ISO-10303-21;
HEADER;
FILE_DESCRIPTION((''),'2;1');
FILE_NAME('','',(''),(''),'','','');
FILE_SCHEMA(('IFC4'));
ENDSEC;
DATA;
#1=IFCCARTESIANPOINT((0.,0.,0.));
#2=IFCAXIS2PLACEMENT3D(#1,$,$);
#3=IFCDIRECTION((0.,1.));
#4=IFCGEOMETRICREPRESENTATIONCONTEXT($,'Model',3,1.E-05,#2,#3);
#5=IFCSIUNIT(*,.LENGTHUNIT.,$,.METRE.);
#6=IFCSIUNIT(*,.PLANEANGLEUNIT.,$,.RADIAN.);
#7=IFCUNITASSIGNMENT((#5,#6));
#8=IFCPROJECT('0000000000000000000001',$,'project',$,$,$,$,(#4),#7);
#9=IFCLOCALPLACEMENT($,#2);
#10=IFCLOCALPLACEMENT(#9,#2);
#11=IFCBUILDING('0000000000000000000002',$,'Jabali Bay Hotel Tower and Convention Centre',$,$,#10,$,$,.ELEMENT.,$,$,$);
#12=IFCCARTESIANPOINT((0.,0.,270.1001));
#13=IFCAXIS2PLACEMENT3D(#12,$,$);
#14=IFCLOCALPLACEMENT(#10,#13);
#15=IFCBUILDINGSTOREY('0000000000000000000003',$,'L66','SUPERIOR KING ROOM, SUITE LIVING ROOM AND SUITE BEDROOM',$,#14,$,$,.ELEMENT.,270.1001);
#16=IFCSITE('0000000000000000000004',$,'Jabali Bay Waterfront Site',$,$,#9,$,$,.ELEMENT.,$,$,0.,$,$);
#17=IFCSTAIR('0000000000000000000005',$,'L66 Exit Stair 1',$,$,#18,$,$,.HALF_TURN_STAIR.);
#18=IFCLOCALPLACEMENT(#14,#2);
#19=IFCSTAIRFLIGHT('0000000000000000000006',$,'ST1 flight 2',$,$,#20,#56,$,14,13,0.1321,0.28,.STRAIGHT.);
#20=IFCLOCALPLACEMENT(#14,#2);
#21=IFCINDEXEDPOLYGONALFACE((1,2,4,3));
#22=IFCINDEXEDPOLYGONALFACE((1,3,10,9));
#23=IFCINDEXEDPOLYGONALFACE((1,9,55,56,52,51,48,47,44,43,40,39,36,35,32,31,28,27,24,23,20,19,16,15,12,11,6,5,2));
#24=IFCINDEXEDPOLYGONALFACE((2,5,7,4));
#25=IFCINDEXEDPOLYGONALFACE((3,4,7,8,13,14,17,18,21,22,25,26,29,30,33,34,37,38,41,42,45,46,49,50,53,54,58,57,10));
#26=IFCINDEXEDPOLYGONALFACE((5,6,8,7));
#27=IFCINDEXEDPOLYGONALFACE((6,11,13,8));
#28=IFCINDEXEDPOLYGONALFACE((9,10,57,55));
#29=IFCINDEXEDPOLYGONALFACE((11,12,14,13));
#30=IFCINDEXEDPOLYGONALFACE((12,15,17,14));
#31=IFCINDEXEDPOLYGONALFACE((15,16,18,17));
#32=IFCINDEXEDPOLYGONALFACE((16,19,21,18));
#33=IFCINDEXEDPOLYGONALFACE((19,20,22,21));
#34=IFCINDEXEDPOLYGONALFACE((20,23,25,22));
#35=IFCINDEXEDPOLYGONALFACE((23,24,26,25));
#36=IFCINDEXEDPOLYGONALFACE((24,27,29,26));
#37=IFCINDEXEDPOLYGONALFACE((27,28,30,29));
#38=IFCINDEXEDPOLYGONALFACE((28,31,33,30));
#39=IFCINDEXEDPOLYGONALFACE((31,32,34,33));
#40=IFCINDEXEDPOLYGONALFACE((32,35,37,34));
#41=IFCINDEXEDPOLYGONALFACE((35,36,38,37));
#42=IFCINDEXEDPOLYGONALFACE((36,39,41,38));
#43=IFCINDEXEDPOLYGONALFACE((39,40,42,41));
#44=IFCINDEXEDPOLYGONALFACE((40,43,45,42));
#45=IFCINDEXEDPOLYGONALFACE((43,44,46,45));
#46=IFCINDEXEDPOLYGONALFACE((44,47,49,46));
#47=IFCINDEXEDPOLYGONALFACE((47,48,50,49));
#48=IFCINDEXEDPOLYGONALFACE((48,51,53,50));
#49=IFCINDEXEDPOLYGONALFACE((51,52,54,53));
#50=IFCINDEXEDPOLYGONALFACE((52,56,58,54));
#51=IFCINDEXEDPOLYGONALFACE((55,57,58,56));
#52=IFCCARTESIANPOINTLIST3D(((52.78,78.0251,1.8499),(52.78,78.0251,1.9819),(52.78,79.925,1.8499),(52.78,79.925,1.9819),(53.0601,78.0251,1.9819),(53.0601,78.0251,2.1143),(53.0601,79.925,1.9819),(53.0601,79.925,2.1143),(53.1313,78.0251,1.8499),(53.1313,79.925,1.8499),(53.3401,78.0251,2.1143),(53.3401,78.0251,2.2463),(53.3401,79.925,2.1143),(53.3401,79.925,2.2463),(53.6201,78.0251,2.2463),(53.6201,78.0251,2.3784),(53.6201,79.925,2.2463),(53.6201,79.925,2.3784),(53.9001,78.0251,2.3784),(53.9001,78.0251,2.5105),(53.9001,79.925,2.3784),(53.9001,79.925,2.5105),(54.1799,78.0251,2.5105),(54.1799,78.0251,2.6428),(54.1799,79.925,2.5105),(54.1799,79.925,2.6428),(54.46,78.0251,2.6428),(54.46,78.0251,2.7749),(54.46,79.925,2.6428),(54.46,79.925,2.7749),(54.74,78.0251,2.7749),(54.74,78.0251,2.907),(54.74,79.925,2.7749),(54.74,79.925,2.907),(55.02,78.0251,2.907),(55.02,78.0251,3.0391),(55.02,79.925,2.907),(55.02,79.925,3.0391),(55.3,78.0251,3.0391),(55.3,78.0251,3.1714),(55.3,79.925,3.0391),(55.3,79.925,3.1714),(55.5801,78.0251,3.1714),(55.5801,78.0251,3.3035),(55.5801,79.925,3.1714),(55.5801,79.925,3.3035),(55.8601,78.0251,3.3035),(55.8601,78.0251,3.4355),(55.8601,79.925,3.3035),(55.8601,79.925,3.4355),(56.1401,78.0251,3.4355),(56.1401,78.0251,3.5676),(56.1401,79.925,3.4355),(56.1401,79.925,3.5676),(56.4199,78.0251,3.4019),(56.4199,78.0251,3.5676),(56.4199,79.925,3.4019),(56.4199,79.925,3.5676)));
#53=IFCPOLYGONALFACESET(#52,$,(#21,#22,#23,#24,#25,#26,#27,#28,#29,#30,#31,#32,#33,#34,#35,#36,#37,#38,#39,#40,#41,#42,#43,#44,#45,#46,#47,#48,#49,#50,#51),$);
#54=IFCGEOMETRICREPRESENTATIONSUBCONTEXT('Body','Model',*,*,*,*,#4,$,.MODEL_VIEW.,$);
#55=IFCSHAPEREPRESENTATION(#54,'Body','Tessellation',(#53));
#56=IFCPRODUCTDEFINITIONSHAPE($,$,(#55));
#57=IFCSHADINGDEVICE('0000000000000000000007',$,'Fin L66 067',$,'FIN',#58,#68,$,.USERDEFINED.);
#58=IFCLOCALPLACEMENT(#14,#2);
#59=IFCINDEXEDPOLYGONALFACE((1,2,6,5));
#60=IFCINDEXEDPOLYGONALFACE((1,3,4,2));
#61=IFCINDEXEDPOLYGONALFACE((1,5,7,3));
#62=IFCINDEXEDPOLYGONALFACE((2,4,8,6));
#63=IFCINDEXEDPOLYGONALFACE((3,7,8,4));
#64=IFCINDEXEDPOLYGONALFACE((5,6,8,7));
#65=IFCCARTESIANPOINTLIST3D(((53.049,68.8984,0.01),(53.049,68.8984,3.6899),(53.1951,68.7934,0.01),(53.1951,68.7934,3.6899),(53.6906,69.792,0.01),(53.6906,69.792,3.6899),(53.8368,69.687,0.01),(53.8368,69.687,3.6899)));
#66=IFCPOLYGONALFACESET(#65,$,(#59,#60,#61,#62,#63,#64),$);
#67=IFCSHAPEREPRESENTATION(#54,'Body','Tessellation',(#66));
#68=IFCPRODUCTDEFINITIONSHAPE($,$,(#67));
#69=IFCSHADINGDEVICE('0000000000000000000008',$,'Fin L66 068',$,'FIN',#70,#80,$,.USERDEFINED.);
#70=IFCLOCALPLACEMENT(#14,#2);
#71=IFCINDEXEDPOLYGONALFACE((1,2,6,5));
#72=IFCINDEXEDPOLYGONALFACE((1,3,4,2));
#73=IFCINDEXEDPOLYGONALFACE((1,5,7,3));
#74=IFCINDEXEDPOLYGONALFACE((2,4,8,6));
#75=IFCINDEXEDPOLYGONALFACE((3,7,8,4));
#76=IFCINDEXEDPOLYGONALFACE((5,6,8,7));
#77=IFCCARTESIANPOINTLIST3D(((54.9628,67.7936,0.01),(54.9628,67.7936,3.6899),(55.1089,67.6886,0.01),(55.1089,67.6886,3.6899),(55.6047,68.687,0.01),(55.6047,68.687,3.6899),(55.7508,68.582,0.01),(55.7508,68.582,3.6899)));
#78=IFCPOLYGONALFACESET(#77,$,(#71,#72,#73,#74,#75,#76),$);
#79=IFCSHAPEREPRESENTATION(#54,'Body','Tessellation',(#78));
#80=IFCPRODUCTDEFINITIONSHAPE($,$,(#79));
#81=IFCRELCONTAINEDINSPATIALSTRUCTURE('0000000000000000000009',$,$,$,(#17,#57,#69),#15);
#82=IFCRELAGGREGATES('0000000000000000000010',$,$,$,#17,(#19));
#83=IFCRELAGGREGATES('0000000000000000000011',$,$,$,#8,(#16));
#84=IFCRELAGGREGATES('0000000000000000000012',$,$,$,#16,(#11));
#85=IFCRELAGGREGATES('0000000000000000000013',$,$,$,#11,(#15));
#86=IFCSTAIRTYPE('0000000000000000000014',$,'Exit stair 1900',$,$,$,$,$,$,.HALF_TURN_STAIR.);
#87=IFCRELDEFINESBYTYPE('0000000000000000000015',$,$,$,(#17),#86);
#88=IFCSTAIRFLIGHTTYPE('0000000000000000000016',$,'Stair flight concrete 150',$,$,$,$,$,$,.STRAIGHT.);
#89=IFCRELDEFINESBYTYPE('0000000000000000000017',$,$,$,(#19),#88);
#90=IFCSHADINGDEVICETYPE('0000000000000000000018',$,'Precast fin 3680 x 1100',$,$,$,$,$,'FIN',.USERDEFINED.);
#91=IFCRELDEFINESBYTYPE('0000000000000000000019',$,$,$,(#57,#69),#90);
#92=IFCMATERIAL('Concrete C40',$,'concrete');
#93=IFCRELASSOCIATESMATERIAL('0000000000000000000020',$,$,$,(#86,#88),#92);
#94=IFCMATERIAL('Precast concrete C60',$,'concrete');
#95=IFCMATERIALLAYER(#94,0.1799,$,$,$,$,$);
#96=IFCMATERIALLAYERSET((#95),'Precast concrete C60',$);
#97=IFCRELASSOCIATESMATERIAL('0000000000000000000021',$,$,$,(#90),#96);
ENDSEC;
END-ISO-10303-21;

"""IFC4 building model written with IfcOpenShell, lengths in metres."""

from ifc_helpers import new_model, si_unit, direction, frame, frame_2d, origin, place, context, subcontext, project, spatial, polyline, rectangle, outline, extrude, material, layer, layer_set, type_object, element, aggregate, save


model = new_model("IFC4")

# Units and contexts
model_context = context("Model", 3, precision=1e-05, world=origin(), true_north=direction((0.0, 1.0)))
body_context = subcontext(model_context, "Body", "Model", "MODEL_VIEW")
ifc_project = project(units=[si_unit("LENGTHUNIT", "METRE"), si_unit("PLANEANGLEUNIT", "RADIAN")], contexts=[model_context])

# Site, building, storey
site_placement = place(None, origin())
site = spatial("IfcSite", under=ifc_project, at=site_placement, Name="Jabali Bay Waterfront Site", CompositionType="ELEMENT", RefElevation=0.0)
building_placement = place(site_placement, origin())
building = spatial("IfcBuilding", under=site, at=building_placement, Name="Jabali Bay Hotel Tower and Convention Centre", CompositionType="ELEMENT")
storey_placement = place(building_placement, frame((0.0, 0.0, 270.1001)))
storey = spatial("IfcBuildingStorey", under=building, at=storey_placement, Name="L66", Description="SUPERIOR KING ROOM, SUITE LIVING ROOM AND SUITE BEDROOM", CompositionType="ELEMENT", Elevation=270.1001)

# Shared definitions
ifc_material_1 = material(Name="Concrete C40", Category="concrete")

# Stair, stair flight
stair_type = type_object("IfcStairType", Name="Exit stair 1900", PredefinedType="HALF_TURN_STAIR", material=ifc_material_1)
stair_placement = place(storey_placement, origin())
stair = element("IfcStair", 1, at=stair_placement, inside=storey, type_object=stair_type, Name="L66 Exit Stair 1", PredefinedType="HALF_TURN_STAIR")
stair_flight_type = type_object("IfcStairFlightType", Name="Stair flight concrete 150", PredefinedType="STRAIGHT", material=ifc_material_1)
stair_flight_placement = place(storey_placement, frame((52.78, 78.9751, 1.8499), z_axis=(0.0, 0.0, 1.0), x_axis=(1.0, 0.0, 0.0)))
stair_flight = element("IfcStairFlight", 2, at=stair_flight_placement, type_object=stair_flight_type, Name="ST1 flight 2", NumberOfRisers=14, NumberOfTreads=13, PredefinedType="STRAIGHT", RiserHeight=0.1321, TreadLength=0.28, context=body_context, shape_type="SweptSolid", body=[
    extrude(outline(polyline([(0.0, 0.0), (0.0, 0.1321), (0.28, 0.1321), (0.28, 0.2644), (0.5601, 0.2644), (0.5601, 0.3965), (0.8401, 0.3965), (0.8401, 0.5286), (1.1201, 0.5286), (1.1201, 0.6606), (1.3999, 0.6606), (1.3999, 0.793), (1.6799, 0.793), (1.6799, 0.925), (1.96, 0.925), (1.96, 1.0571), (2.24, 1.0571), (2.24, 1.1892), (2.52, 1.1892), (2.52, 1.3215), (2.8, 1.3215), (2.8, 1.4536), (3.0801, 1.4536), (3.0801, 1.5857), (3.3601, 1.5857), (3.3601, 1.7178), (3.6399, 1.7178), (3.6399, 1.8501), (3.6399, 1.552), (0.3513, 0.0), (0.0, 0.0)])), frame((0.0, 0.95, 0.0), z_axis=(0.0, -1.0, 0.0), x_axis=(1.0, 0.0, 0.0)), (0.0, 0.0, 1.0), 1.8999),
])
aggregate(stair, [stair_flight])

# Shading devices
ifc_material_2 = material(Name="Precast concrete C60", Category="concrete")
ifc_layer_1 = layer(ifc_material_2, 0.1799)
ifc_layer_set_1 = layer_set([ifc_layer_1], Name="Precast concrete C60")
shading_device_type = type_object("IfcShadingDeviceType", Name="Precast fin 3680 x 1100", ElementType="FIN", PredefinedType="USERDEFINED", material=ifc_layer_set_1)
for number, where, z_axis, x_axis, name in (
    (3, (53.7637, 69.7395, 0.01), (0.0, 0.0, 1.0), (-0.583252, -0.812291, 0.0), "Fin L66 067"),
    (4, (55.6777, 68.6345, 0.01), (0.0, 0.0, 1.0), (-0.583503, -0.812111, 0.0), "Fin L66 068"),
):
    element("IfcShadingDevice", number, at=place(storey_placement, frame(where, z_axis=z_axis, x_axis=x_axis)), inside=storey, type_object=shading_device_type, Name=name, ObjectType="FIN", PredefinedType="USERDEFINED", context=body_context, shape_type="SweptSolid", body=[
        extrude(rectangle(XDim=1.1001, YDim=0.1799, at=frame_2d((0.55, 0.0))), origin(), (0.0, 0.0, 1.0), 3.6799),
    ])

save(model, "model.ifc")
